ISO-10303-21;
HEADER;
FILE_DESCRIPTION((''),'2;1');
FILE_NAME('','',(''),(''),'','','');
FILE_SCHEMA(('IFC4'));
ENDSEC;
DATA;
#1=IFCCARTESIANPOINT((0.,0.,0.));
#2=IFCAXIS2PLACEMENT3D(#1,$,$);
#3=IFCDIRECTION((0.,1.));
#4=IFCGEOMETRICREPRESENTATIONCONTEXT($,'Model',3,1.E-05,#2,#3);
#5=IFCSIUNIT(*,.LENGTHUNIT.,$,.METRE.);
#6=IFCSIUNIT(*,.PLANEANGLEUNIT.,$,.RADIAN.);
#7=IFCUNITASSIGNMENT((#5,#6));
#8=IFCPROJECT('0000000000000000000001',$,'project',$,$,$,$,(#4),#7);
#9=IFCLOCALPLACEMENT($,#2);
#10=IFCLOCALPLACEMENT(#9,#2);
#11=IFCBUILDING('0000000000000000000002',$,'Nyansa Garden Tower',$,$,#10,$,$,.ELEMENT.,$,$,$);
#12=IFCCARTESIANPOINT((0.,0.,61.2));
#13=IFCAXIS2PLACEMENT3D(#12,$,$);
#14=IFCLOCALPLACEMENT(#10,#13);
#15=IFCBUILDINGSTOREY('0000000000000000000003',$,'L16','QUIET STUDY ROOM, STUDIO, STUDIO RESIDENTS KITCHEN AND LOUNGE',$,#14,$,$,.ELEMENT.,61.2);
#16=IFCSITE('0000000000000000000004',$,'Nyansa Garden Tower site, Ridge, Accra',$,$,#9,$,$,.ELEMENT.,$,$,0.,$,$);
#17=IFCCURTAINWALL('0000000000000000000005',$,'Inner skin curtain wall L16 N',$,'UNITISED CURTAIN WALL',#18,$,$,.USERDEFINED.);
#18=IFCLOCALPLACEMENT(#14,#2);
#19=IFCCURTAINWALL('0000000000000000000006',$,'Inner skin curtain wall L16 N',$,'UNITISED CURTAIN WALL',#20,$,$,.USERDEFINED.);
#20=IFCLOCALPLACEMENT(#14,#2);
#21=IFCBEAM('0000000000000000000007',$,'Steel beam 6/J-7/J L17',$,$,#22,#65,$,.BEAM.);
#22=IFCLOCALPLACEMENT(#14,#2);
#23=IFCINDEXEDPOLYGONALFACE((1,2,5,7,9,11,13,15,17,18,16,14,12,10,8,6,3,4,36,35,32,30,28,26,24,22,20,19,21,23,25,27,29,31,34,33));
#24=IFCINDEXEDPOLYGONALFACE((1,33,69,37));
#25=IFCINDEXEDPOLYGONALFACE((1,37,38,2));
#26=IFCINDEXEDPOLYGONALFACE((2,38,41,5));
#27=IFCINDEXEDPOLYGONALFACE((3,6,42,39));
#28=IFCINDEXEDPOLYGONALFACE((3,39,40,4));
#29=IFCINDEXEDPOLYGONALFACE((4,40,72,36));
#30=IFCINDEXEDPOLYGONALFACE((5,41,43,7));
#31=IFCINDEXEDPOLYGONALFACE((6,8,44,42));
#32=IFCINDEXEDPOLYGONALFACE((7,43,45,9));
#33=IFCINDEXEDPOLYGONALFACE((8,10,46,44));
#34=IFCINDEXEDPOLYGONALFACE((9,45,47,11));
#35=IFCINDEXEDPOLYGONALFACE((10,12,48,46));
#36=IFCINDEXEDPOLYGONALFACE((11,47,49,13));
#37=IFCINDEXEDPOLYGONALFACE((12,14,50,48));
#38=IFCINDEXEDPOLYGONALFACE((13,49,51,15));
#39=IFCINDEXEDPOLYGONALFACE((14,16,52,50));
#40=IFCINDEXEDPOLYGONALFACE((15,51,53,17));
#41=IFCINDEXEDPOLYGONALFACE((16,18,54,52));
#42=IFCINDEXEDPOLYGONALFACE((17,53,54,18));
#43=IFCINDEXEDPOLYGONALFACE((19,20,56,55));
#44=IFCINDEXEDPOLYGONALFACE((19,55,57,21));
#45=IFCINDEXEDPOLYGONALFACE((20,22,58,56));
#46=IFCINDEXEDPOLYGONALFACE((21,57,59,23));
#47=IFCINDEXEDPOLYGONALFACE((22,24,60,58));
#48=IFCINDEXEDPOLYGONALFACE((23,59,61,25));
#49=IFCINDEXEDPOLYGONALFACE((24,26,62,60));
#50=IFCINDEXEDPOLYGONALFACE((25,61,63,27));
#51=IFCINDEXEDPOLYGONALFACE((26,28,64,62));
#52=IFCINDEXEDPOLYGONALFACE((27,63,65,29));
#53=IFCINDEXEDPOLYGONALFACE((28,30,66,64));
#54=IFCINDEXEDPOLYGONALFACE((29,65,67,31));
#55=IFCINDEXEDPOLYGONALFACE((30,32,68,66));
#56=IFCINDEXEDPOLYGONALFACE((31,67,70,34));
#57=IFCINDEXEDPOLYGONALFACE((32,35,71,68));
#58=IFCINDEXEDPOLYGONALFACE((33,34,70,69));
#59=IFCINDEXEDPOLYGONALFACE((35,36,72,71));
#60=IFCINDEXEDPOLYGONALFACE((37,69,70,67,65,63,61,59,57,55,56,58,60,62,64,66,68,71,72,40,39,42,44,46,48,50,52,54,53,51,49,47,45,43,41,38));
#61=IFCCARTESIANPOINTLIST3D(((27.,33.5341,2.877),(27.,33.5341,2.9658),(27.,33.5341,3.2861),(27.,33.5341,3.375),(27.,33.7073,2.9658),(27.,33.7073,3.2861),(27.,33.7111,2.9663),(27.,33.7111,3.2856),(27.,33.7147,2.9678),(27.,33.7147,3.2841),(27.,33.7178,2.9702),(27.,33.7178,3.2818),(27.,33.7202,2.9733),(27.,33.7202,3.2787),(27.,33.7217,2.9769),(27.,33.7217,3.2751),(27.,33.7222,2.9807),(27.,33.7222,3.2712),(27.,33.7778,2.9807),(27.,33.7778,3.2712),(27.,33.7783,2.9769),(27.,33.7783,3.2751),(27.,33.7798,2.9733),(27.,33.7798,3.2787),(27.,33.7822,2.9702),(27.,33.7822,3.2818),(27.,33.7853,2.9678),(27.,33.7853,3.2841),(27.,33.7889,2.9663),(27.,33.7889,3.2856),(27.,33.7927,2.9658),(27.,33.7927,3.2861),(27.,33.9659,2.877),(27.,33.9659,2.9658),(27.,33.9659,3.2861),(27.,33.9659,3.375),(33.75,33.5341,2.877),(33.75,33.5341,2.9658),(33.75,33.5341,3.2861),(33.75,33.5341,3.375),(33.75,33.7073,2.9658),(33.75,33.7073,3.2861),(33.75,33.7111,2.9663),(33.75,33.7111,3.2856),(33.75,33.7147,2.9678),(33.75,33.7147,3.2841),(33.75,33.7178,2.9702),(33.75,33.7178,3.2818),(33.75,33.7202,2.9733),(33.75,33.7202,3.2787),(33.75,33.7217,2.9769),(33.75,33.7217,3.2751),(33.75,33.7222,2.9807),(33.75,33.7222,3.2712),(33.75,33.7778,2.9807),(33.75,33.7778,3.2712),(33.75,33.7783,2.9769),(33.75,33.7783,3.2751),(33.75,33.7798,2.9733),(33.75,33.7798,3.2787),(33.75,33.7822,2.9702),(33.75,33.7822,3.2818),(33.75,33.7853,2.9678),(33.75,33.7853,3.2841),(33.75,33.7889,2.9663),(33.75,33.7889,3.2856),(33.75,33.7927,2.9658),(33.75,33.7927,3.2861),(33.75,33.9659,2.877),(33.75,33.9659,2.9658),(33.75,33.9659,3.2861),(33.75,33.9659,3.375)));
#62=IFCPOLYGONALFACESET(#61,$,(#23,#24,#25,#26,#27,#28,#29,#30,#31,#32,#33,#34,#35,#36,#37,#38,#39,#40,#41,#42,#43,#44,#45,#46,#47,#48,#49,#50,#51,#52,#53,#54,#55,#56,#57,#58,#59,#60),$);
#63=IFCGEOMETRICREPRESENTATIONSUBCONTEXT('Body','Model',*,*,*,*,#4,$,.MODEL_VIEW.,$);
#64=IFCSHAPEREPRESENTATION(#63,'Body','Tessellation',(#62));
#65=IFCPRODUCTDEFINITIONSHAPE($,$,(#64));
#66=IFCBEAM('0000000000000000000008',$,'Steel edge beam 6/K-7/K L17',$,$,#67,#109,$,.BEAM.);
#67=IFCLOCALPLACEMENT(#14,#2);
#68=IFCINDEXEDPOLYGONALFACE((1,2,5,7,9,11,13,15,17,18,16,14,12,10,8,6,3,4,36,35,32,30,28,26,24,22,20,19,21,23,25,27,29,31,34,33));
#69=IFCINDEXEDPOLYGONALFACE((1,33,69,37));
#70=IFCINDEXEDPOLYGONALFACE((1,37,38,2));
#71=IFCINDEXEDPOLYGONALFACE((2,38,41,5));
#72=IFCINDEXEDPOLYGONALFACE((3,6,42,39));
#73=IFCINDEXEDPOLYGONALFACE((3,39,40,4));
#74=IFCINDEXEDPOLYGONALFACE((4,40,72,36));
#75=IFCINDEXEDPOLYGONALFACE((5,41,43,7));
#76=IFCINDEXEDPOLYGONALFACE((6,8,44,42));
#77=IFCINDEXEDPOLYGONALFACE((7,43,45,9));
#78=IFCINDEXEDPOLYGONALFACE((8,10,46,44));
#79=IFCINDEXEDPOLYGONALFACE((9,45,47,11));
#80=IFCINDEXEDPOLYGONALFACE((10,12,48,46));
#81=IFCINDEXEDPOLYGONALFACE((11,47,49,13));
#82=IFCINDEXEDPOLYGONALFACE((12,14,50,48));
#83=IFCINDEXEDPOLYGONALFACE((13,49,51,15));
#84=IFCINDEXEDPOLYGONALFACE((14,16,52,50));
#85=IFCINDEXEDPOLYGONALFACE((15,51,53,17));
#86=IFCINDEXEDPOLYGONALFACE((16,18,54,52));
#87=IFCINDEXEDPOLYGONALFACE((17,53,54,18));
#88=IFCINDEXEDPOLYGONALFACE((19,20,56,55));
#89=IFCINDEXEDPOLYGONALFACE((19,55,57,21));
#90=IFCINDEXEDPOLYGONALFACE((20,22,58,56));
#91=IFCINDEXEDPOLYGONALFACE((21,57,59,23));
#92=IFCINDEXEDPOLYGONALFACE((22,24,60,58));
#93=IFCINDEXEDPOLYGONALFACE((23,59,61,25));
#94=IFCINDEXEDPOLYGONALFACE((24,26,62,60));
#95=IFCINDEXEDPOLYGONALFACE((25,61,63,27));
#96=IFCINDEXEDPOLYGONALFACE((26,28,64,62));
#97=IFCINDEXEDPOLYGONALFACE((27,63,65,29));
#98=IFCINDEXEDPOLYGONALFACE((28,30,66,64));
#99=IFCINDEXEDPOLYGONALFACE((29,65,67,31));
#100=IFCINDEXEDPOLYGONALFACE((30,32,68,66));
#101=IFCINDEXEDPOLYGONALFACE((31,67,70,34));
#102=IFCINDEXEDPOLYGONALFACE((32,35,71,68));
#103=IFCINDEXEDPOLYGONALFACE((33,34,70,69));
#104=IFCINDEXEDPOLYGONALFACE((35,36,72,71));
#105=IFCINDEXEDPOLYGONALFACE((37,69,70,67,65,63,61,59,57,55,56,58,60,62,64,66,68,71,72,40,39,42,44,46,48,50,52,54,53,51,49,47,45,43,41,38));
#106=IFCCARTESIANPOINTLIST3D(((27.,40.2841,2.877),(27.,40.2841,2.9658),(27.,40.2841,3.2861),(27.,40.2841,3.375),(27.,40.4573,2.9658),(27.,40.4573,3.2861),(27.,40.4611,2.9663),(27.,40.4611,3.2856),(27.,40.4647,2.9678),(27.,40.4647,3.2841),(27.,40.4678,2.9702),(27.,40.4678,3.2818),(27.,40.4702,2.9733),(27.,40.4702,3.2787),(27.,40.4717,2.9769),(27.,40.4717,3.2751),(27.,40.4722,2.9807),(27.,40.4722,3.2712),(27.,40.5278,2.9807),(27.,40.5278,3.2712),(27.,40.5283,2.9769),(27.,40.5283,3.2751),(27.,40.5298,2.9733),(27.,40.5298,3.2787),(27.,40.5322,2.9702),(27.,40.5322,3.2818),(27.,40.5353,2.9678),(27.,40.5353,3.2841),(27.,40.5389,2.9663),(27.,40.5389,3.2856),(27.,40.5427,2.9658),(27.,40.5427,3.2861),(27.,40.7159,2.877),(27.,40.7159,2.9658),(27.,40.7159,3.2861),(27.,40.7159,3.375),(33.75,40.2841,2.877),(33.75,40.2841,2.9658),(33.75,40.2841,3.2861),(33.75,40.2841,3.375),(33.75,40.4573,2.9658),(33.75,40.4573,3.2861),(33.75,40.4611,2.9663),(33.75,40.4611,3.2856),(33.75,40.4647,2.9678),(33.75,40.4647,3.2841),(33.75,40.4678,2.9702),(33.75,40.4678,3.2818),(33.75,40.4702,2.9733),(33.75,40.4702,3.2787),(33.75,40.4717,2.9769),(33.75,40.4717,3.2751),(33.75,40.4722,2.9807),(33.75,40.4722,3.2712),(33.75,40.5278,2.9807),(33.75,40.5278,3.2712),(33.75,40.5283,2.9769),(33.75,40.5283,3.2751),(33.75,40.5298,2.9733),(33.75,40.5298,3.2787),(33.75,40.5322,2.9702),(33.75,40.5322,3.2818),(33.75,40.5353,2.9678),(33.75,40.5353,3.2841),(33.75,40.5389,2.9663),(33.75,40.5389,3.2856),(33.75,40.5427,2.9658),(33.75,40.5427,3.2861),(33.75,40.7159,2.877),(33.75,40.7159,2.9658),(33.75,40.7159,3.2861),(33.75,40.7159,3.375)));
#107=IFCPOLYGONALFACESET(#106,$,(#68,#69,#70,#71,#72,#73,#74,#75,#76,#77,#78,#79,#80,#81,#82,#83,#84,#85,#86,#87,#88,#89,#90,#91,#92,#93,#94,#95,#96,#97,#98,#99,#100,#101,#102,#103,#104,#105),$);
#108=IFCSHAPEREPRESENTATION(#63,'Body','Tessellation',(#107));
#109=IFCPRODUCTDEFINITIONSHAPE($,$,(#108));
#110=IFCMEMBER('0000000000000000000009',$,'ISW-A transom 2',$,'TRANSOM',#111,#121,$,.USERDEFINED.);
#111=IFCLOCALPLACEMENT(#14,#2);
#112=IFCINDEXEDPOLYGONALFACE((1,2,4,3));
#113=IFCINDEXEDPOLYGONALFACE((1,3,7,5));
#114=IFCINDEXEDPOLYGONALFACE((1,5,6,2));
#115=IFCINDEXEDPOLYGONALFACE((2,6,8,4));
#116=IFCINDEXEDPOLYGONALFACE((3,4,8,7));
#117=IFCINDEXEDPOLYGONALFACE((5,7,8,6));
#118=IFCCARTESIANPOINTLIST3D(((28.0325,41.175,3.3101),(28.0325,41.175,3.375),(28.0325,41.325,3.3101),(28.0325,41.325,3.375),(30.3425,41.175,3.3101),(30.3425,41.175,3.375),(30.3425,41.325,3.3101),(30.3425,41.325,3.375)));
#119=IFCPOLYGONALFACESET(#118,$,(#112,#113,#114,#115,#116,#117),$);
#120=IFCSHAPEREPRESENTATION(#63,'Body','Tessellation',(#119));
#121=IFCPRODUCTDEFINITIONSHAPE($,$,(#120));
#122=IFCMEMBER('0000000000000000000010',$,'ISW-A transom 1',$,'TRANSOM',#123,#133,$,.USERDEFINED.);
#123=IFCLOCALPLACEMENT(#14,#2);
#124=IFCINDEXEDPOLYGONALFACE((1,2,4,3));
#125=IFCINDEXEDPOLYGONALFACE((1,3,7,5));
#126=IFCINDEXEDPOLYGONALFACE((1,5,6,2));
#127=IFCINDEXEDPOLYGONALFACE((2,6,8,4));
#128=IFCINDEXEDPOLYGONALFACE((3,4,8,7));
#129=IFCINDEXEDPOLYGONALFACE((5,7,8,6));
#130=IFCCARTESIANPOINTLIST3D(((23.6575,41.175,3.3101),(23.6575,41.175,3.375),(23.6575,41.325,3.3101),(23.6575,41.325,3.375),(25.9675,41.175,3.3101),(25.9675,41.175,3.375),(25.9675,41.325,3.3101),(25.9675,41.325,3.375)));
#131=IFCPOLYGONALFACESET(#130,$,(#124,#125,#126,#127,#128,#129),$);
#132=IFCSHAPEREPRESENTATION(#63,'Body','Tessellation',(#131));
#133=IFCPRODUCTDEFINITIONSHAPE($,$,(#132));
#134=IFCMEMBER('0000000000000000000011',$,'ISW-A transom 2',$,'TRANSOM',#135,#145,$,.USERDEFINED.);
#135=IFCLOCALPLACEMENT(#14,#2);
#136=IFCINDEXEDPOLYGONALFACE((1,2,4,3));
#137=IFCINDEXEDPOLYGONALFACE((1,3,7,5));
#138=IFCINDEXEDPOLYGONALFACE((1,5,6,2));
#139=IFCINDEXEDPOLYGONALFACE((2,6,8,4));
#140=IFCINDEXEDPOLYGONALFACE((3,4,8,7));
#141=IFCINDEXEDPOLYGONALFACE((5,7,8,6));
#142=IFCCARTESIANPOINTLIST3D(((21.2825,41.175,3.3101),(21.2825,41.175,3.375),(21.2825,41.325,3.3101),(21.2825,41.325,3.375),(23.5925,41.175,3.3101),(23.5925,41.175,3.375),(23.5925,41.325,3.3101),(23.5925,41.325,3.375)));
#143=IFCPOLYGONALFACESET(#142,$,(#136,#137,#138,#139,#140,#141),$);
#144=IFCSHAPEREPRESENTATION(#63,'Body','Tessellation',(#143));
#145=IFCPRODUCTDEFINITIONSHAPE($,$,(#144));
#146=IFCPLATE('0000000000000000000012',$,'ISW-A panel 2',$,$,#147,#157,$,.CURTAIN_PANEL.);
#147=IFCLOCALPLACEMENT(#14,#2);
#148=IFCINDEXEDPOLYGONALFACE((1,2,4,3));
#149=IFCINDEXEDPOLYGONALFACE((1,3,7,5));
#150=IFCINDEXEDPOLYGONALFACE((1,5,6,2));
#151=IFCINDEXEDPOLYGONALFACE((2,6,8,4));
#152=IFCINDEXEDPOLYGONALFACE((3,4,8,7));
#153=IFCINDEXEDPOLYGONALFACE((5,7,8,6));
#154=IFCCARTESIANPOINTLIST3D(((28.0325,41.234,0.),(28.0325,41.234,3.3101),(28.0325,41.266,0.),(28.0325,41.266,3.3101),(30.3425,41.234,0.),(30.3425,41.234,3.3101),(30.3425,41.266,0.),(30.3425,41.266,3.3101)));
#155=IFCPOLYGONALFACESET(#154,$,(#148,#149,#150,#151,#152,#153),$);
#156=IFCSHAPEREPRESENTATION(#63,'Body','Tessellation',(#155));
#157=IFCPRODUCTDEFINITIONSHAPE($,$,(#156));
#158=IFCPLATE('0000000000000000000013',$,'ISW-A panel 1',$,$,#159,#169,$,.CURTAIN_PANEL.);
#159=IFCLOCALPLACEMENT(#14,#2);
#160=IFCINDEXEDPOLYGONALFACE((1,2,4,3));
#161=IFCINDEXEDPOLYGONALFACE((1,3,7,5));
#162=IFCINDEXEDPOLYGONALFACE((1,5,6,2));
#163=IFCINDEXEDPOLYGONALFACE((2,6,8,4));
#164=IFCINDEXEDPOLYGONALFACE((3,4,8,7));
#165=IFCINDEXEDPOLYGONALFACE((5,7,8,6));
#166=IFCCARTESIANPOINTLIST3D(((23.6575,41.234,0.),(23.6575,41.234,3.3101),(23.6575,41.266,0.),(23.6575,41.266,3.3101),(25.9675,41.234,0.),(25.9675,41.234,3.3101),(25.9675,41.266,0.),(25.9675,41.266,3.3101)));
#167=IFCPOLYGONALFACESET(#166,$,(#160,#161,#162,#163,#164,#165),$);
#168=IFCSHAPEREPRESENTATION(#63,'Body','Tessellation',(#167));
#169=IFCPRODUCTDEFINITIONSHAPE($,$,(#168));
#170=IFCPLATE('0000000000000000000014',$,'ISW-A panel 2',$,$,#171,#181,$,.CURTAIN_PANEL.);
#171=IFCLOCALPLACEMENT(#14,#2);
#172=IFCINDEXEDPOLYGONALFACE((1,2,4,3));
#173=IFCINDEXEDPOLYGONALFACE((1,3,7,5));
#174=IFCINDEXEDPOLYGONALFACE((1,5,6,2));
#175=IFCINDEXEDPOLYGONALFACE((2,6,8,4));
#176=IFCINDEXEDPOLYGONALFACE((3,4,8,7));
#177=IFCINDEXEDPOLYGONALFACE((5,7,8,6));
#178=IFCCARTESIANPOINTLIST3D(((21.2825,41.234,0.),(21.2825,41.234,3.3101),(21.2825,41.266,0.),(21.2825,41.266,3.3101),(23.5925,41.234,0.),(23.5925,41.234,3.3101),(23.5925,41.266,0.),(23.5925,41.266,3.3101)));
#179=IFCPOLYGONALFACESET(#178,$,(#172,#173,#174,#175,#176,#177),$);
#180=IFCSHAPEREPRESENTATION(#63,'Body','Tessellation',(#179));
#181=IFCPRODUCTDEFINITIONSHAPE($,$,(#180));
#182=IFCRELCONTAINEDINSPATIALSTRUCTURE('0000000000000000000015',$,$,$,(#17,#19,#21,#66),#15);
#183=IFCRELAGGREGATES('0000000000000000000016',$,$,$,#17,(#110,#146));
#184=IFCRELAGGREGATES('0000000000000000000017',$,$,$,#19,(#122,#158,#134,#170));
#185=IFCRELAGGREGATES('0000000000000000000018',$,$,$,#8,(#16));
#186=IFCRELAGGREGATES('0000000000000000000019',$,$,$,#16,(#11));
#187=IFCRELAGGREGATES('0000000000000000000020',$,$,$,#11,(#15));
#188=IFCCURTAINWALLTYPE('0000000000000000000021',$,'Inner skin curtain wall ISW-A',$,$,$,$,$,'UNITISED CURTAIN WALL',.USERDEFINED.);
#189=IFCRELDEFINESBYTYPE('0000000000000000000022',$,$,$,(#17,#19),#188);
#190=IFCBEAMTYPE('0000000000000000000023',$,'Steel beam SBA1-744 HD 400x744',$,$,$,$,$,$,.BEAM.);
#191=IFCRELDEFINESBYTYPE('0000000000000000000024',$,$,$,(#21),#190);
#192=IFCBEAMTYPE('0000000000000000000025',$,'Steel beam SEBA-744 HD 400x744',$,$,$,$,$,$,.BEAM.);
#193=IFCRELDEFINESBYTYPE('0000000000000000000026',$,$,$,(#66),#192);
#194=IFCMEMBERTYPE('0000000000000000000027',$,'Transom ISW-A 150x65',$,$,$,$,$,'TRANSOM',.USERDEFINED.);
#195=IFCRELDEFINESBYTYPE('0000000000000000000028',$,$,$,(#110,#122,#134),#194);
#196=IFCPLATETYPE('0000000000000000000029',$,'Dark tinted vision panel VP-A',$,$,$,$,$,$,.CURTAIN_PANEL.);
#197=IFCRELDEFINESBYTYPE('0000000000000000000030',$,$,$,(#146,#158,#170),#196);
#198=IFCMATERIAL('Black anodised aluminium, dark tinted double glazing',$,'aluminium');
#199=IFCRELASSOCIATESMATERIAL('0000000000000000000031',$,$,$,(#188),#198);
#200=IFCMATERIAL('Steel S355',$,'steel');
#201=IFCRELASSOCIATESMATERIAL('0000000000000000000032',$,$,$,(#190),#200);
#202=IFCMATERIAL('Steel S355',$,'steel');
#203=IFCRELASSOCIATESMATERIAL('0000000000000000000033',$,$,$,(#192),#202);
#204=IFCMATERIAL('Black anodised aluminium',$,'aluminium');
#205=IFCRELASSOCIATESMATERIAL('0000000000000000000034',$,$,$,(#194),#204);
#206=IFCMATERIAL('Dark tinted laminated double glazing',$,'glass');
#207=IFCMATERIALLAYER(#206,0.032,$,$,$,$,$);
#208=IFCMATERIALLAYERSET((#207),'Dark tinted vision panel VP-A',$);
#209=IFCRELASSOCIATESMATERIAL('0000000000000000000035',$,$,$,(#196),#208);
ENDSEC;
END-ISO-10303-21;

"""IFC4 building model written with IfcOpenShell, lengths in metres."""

from ifc_helpers import new_model, si_unit, direction, frame, origin, origin_2d, place, context, subcontext, project, spatial, rectangle, i_section, extrude, material, layer, layer_set, material_profile, profile_set, type_object, element, aggregate, save


model = new_model("IFC4")

# Units and contexts
model_context = context("Model", 3, precision=1e-05, world=origin(), true_north=direction((0.0, 1.0)))
body_context = subcontext(model_context, "Body", "Model", "MODEL_VIEW")
ifc_project = project(units=[si_unit("LENGTHUNIT", "METRE"), si_unit("PLANEANGLEUNIT", "RADIAN")], contexts=[model_context])

# Site, building, storey
site_placement = place(None, origin())
site = spatial("IfcSite", under=ifc_project, at=site_placement, Name="Nyansa Garden Tower site, Ridge, Accra", CompositionType="ELEMENT", RefElevation=0.0)
building_placement = place(site_placement, origin())
building = spatial("IfcBuilding", under=site, at=building_placement, Name="Nyansa Garden Tower", CompositionType="ELEMENT")
storey_placement = place(building_placement, frame((0.0, 0.0, 61.2)))
storey = spatial("IfcBuildingStorey", under=building, at=storey_placement, Name="L16", Description="QUIET STUDY ROOM, STUDIO, STUDIO RESIDENTS KITCHEN AND LOUNGE", CompositionType="ELEMENT", Elevation=61.2)

# Curtain walls
ifc_material_1 = material(Name="Black anodised aluminium, dark tinted double glazing", Category="aluminium")
curtain_wall_type = type_object("IfcCurtainWallType", Name="Inner skin curtain wall ISW-A", ElementType="UNITISED CURTAIN WALL", PredefinedType="USERDEFINED", material=ifc_material_1)
curtain_wall_1_placement = place(storey_placement, origin())
curtain_wall_1 = element("IfcCurtainWall", 1, at=curtain_wall_1_placement, inside=storey, type_object=curtain_wall_type, Name="Inner skin curtain wall L16 N", ObjectType="UNITISED CURTAIN WALL", PredefinedType="USERDEFINED")
curtain_wall_2_placement = place(storey_placement, origin())
curtain_wall_2 = element("IfcCurtainWall", 2, at=curtain_wall_2_placement, inside=storey, type_object=curtain_wall_type, Name="Inner skin curtain wall L16 N", ObjectType="UNITISED CURTAIN WALL", PredefinedType="USERDEFINED")

# Beams
ifc_material_2 = material(Name="Steel S355", Category="steel")
ifc_material_profile_1 = material_profile(ifc_material_2, i_section(OverallWidth=0.4319, OverallDepth=0.498, WebThickness=0.0557, FlangeThickness=0.0889, FilletRadius=0.0149, at=origin_2d()), Name="HD 400x744")
ifc_profile_set_1 = profile_set([ifc_material_profile_1], Name="Steel S355")
beam_type_1 = type_object("IfcBeamType", Name="Steel beam SBA1-744 HD 400x744", PredefinedType="BEAM", material=ifc_profile_set_1)
for number, where, z_axis, x_axis, name in (
    (3, (27.0, 33.75, 3.126), (1.0, 0.0, 0.0), (0.0, 1.0, 0.0), "Steel beam 6/J-7/J L17"),
):
    element("IfcBeam", number, at=place(storey_placement, frame(where, z_axis=z_axis, x_axis=x_axis)), inside=storey, type_object=beam_type_1, Name=name, PredefinedType="BEAM", context=body_context, shape_type="SweptSolid", body=[
        extrude(i_section(OverallWidth=0.4319, OverallDepth=0.498, WebThickness=0.0557, FlangeThickness=0.0889, FilletRadius=0.0149, at=origin_2d()), origin(), (0.0, 0.0, 1.0), 6.75),
    ])
ifc_material_3 = material(Name="Steel S355", Category="steel")
ifc_material_profile_2 = material_profile(ifc_material_3, i_section(OverallWidth=0.4319, OverallDepth=0.498, WebThickness=0.0557, FlangeThickness=0.0889, FilletRadius=0.0149, at=origin_2d()), Name="HD 400x744")
ifc_profile_set_2 = profile_set([ifc_material_profile_2], Name="Steel S355")
beam_type_2 = type_object("IfcBeamType", Name="Steel beam SEBA-744 HD 400x744", PredefinedType="BEAM", material=ifc_profile_set_2)
beam_1_placement = place(storey_placement, frame((27.0, 40.5, 3.126), z_axis=(1.0, 0.0, 0.0), x_axis=(0.0, 1.0, 0.0)))
element("IfcBeam", 4, at=beam_1_placement, inside=storey, type_object=beam_type_2, Name="Steel edge beam 6/K-7/K L17", PredefinedType="BEAM", context=body_context, shape_type="SweptSolid", body=[
    extrude(i_section(OverallWidth=0.4319, OverallDepth=0.498, WebThickness=0.0557, FlangeThickness=0.0889, FilletRadius=0.0149, at=origin_2d()), origin(), (0.0, 0.0, 1.0), 6.75),
])

# Members
ifc_material_4 = material(Name="Black anodised aluminium", Category="aluminium")
ifc_material_profile_3 = material_profile(ifc_material_4, rectangle(XDim=0.1499, YDim=0.0649, at=origin_2d()), Name="Transom 150x65")
ifc_profile_set_3 = profile_set([ifc_material_profile_3], Name="Black anodised aluminium")
member_type_1 = type_object("IfcMemberType", Name="Transom ISW-A 150x65", ElementType="TRANSOM", PredefinedType="USERDEFINED", material=ifc_profile_set_3)
member_1_placement = place(storey_placement, frame((30.3425, 41.25, 3.3425), z_axis=(-1.0, 0.0, 0.0), x_axis=(0.0, -1.0, 0.0)))
member_1 = element("IfcMember", 5, at=member_1_placement, type_object=member_type_1, Name="ISW-A transom 2", ObjectType="TRANSOM", PredefinedType="USERDEFINED", context=body_context, shape_type="SweptSolid", body=[
    extrude(rectangle(XDim=0.1499, YDim=0.0649, at=origin_2d()), origin(), (0.0, 0.0, 1.0), 2.3101),
])
member_2_placement = place(storey_placement, frame((25.9675, 41.25, 3.3425), z_axis=(-1.0, 0.0, 0.0), x_axis=(0.0, -1.0, 0.0)))
member_2 = element("IfcMember", 6, at=member_2_placement, type_object=member_type_1, Name="ISW-A transom 1", ObjectType="TRANSOM", PredefinedType="USERDEFINED", context=body_context, shape_type="SweptSolid", body=[
    extrude(rectangle(XDim=0.1499, YDim=0.0649, at=origin_2d()), origin(), (0.0, 0.0, 1.0), 2.3101),
])
member_3_placement = place(storey_placement, frame((23.5925, 41.25, 3.3425), z_axis=(-1.0, 0.0, 0.0), x_axis=(0.0, -1.0, 0.0)))
member_3 = element("IfcMember", 7, at=member_3_placement, type_object=member_type_1, Name="ISW-A transom 2", ObjectType="TRANSOM", PredefinedType="USERDEFINED", context=body_context, shape_type="SweptSolid", body=[
    extrude(rectangle(XDim=0.1499, YDim=0.0649, at=origin_2d()), origin(), (0.0, 0.0, 1.0), 2.3101),
])

# Plates
ifc_material_5 = material(Name="Dark tinted laminated double glazing", Category="glass")
ifc_layer_1 = layer(ifc_material_5, 0.032)
ifc_layer_set_1 = layer_set([ifc_layer_1], Name="Dark tinted vision panel VP-A")
plate_type_1 = type_object("IfcPlateType", Name="Dark tinted vision panel VP-A", PredefinedType="CURTAIN_PANEL", material=ifc_layer_set_1)
plate_1_placement = place(storey_placement, frame((29.1875, 41.25, 0.0), z_axis=(0.0, 0.0, 1.0), x_axis=(-1.0, 0.0, 0.0)))
plate_1 = element("IfcPlate", 8, at=plate_1_placement, type_object=plate_type_1, Name="ISW-A panel 2", PredefinedType="CURTAIN_PANEL", context=body_context, shape_type="SweptSolid", body=[
    extrude(rectangle(XDim=2.3101, YDim=0.032, at=origin_2d()), origin(), (0.0, 0.0, 1.0), 3.3101),
])
aggregate(curtain_wall_1, [member_1, plate_1])
plate_2_placement = place(storey_placement, frame((24.8125, 41.25, 0.0), z_axis=(0.0, 0.0, 1.0), x_axis=(-1.0, 0.0, 0.0)))
plate_2 = element("IfcPlate", 9, at=plate_2_placement, type_object=plate_type_1, Name="ISW-A panel 1", PredefinedType="CURTAIN_PANEL", context=body_context, shape_type="SweptSolid", body=[
    extrude(rectangle(XDim=2.3101, YDim=0.032, at=origin_2d()), origin(), (0.0, 0.0, 1.0), 3.3101),
])
plate_3_placement = place(storey_placement, frame((22.4375, 41.25, 0.0), z_axis=(0.0, 0.0, 1.0), x_axis=(-1.0, 0.0, 0.0)))
plate_3 = element("IfcPlate", 10, at=plate_3_placement, type_object=plate_type_1, Name="ISW-A panel 2", PredefinedType="CURTAIN_PANEL", context=body_context, shape_type="SweptSolid", body=[
    extrude(rectangle(XDim=2.3101, YDim=0.032, at=origin_2d()), origin(), (0.0, 0.0, 1.0), 3.3101),
])
aggregate(curtain_wall_2, [member_2, plate_2, member_3, plate_3])

save(model, "model.ifc")
